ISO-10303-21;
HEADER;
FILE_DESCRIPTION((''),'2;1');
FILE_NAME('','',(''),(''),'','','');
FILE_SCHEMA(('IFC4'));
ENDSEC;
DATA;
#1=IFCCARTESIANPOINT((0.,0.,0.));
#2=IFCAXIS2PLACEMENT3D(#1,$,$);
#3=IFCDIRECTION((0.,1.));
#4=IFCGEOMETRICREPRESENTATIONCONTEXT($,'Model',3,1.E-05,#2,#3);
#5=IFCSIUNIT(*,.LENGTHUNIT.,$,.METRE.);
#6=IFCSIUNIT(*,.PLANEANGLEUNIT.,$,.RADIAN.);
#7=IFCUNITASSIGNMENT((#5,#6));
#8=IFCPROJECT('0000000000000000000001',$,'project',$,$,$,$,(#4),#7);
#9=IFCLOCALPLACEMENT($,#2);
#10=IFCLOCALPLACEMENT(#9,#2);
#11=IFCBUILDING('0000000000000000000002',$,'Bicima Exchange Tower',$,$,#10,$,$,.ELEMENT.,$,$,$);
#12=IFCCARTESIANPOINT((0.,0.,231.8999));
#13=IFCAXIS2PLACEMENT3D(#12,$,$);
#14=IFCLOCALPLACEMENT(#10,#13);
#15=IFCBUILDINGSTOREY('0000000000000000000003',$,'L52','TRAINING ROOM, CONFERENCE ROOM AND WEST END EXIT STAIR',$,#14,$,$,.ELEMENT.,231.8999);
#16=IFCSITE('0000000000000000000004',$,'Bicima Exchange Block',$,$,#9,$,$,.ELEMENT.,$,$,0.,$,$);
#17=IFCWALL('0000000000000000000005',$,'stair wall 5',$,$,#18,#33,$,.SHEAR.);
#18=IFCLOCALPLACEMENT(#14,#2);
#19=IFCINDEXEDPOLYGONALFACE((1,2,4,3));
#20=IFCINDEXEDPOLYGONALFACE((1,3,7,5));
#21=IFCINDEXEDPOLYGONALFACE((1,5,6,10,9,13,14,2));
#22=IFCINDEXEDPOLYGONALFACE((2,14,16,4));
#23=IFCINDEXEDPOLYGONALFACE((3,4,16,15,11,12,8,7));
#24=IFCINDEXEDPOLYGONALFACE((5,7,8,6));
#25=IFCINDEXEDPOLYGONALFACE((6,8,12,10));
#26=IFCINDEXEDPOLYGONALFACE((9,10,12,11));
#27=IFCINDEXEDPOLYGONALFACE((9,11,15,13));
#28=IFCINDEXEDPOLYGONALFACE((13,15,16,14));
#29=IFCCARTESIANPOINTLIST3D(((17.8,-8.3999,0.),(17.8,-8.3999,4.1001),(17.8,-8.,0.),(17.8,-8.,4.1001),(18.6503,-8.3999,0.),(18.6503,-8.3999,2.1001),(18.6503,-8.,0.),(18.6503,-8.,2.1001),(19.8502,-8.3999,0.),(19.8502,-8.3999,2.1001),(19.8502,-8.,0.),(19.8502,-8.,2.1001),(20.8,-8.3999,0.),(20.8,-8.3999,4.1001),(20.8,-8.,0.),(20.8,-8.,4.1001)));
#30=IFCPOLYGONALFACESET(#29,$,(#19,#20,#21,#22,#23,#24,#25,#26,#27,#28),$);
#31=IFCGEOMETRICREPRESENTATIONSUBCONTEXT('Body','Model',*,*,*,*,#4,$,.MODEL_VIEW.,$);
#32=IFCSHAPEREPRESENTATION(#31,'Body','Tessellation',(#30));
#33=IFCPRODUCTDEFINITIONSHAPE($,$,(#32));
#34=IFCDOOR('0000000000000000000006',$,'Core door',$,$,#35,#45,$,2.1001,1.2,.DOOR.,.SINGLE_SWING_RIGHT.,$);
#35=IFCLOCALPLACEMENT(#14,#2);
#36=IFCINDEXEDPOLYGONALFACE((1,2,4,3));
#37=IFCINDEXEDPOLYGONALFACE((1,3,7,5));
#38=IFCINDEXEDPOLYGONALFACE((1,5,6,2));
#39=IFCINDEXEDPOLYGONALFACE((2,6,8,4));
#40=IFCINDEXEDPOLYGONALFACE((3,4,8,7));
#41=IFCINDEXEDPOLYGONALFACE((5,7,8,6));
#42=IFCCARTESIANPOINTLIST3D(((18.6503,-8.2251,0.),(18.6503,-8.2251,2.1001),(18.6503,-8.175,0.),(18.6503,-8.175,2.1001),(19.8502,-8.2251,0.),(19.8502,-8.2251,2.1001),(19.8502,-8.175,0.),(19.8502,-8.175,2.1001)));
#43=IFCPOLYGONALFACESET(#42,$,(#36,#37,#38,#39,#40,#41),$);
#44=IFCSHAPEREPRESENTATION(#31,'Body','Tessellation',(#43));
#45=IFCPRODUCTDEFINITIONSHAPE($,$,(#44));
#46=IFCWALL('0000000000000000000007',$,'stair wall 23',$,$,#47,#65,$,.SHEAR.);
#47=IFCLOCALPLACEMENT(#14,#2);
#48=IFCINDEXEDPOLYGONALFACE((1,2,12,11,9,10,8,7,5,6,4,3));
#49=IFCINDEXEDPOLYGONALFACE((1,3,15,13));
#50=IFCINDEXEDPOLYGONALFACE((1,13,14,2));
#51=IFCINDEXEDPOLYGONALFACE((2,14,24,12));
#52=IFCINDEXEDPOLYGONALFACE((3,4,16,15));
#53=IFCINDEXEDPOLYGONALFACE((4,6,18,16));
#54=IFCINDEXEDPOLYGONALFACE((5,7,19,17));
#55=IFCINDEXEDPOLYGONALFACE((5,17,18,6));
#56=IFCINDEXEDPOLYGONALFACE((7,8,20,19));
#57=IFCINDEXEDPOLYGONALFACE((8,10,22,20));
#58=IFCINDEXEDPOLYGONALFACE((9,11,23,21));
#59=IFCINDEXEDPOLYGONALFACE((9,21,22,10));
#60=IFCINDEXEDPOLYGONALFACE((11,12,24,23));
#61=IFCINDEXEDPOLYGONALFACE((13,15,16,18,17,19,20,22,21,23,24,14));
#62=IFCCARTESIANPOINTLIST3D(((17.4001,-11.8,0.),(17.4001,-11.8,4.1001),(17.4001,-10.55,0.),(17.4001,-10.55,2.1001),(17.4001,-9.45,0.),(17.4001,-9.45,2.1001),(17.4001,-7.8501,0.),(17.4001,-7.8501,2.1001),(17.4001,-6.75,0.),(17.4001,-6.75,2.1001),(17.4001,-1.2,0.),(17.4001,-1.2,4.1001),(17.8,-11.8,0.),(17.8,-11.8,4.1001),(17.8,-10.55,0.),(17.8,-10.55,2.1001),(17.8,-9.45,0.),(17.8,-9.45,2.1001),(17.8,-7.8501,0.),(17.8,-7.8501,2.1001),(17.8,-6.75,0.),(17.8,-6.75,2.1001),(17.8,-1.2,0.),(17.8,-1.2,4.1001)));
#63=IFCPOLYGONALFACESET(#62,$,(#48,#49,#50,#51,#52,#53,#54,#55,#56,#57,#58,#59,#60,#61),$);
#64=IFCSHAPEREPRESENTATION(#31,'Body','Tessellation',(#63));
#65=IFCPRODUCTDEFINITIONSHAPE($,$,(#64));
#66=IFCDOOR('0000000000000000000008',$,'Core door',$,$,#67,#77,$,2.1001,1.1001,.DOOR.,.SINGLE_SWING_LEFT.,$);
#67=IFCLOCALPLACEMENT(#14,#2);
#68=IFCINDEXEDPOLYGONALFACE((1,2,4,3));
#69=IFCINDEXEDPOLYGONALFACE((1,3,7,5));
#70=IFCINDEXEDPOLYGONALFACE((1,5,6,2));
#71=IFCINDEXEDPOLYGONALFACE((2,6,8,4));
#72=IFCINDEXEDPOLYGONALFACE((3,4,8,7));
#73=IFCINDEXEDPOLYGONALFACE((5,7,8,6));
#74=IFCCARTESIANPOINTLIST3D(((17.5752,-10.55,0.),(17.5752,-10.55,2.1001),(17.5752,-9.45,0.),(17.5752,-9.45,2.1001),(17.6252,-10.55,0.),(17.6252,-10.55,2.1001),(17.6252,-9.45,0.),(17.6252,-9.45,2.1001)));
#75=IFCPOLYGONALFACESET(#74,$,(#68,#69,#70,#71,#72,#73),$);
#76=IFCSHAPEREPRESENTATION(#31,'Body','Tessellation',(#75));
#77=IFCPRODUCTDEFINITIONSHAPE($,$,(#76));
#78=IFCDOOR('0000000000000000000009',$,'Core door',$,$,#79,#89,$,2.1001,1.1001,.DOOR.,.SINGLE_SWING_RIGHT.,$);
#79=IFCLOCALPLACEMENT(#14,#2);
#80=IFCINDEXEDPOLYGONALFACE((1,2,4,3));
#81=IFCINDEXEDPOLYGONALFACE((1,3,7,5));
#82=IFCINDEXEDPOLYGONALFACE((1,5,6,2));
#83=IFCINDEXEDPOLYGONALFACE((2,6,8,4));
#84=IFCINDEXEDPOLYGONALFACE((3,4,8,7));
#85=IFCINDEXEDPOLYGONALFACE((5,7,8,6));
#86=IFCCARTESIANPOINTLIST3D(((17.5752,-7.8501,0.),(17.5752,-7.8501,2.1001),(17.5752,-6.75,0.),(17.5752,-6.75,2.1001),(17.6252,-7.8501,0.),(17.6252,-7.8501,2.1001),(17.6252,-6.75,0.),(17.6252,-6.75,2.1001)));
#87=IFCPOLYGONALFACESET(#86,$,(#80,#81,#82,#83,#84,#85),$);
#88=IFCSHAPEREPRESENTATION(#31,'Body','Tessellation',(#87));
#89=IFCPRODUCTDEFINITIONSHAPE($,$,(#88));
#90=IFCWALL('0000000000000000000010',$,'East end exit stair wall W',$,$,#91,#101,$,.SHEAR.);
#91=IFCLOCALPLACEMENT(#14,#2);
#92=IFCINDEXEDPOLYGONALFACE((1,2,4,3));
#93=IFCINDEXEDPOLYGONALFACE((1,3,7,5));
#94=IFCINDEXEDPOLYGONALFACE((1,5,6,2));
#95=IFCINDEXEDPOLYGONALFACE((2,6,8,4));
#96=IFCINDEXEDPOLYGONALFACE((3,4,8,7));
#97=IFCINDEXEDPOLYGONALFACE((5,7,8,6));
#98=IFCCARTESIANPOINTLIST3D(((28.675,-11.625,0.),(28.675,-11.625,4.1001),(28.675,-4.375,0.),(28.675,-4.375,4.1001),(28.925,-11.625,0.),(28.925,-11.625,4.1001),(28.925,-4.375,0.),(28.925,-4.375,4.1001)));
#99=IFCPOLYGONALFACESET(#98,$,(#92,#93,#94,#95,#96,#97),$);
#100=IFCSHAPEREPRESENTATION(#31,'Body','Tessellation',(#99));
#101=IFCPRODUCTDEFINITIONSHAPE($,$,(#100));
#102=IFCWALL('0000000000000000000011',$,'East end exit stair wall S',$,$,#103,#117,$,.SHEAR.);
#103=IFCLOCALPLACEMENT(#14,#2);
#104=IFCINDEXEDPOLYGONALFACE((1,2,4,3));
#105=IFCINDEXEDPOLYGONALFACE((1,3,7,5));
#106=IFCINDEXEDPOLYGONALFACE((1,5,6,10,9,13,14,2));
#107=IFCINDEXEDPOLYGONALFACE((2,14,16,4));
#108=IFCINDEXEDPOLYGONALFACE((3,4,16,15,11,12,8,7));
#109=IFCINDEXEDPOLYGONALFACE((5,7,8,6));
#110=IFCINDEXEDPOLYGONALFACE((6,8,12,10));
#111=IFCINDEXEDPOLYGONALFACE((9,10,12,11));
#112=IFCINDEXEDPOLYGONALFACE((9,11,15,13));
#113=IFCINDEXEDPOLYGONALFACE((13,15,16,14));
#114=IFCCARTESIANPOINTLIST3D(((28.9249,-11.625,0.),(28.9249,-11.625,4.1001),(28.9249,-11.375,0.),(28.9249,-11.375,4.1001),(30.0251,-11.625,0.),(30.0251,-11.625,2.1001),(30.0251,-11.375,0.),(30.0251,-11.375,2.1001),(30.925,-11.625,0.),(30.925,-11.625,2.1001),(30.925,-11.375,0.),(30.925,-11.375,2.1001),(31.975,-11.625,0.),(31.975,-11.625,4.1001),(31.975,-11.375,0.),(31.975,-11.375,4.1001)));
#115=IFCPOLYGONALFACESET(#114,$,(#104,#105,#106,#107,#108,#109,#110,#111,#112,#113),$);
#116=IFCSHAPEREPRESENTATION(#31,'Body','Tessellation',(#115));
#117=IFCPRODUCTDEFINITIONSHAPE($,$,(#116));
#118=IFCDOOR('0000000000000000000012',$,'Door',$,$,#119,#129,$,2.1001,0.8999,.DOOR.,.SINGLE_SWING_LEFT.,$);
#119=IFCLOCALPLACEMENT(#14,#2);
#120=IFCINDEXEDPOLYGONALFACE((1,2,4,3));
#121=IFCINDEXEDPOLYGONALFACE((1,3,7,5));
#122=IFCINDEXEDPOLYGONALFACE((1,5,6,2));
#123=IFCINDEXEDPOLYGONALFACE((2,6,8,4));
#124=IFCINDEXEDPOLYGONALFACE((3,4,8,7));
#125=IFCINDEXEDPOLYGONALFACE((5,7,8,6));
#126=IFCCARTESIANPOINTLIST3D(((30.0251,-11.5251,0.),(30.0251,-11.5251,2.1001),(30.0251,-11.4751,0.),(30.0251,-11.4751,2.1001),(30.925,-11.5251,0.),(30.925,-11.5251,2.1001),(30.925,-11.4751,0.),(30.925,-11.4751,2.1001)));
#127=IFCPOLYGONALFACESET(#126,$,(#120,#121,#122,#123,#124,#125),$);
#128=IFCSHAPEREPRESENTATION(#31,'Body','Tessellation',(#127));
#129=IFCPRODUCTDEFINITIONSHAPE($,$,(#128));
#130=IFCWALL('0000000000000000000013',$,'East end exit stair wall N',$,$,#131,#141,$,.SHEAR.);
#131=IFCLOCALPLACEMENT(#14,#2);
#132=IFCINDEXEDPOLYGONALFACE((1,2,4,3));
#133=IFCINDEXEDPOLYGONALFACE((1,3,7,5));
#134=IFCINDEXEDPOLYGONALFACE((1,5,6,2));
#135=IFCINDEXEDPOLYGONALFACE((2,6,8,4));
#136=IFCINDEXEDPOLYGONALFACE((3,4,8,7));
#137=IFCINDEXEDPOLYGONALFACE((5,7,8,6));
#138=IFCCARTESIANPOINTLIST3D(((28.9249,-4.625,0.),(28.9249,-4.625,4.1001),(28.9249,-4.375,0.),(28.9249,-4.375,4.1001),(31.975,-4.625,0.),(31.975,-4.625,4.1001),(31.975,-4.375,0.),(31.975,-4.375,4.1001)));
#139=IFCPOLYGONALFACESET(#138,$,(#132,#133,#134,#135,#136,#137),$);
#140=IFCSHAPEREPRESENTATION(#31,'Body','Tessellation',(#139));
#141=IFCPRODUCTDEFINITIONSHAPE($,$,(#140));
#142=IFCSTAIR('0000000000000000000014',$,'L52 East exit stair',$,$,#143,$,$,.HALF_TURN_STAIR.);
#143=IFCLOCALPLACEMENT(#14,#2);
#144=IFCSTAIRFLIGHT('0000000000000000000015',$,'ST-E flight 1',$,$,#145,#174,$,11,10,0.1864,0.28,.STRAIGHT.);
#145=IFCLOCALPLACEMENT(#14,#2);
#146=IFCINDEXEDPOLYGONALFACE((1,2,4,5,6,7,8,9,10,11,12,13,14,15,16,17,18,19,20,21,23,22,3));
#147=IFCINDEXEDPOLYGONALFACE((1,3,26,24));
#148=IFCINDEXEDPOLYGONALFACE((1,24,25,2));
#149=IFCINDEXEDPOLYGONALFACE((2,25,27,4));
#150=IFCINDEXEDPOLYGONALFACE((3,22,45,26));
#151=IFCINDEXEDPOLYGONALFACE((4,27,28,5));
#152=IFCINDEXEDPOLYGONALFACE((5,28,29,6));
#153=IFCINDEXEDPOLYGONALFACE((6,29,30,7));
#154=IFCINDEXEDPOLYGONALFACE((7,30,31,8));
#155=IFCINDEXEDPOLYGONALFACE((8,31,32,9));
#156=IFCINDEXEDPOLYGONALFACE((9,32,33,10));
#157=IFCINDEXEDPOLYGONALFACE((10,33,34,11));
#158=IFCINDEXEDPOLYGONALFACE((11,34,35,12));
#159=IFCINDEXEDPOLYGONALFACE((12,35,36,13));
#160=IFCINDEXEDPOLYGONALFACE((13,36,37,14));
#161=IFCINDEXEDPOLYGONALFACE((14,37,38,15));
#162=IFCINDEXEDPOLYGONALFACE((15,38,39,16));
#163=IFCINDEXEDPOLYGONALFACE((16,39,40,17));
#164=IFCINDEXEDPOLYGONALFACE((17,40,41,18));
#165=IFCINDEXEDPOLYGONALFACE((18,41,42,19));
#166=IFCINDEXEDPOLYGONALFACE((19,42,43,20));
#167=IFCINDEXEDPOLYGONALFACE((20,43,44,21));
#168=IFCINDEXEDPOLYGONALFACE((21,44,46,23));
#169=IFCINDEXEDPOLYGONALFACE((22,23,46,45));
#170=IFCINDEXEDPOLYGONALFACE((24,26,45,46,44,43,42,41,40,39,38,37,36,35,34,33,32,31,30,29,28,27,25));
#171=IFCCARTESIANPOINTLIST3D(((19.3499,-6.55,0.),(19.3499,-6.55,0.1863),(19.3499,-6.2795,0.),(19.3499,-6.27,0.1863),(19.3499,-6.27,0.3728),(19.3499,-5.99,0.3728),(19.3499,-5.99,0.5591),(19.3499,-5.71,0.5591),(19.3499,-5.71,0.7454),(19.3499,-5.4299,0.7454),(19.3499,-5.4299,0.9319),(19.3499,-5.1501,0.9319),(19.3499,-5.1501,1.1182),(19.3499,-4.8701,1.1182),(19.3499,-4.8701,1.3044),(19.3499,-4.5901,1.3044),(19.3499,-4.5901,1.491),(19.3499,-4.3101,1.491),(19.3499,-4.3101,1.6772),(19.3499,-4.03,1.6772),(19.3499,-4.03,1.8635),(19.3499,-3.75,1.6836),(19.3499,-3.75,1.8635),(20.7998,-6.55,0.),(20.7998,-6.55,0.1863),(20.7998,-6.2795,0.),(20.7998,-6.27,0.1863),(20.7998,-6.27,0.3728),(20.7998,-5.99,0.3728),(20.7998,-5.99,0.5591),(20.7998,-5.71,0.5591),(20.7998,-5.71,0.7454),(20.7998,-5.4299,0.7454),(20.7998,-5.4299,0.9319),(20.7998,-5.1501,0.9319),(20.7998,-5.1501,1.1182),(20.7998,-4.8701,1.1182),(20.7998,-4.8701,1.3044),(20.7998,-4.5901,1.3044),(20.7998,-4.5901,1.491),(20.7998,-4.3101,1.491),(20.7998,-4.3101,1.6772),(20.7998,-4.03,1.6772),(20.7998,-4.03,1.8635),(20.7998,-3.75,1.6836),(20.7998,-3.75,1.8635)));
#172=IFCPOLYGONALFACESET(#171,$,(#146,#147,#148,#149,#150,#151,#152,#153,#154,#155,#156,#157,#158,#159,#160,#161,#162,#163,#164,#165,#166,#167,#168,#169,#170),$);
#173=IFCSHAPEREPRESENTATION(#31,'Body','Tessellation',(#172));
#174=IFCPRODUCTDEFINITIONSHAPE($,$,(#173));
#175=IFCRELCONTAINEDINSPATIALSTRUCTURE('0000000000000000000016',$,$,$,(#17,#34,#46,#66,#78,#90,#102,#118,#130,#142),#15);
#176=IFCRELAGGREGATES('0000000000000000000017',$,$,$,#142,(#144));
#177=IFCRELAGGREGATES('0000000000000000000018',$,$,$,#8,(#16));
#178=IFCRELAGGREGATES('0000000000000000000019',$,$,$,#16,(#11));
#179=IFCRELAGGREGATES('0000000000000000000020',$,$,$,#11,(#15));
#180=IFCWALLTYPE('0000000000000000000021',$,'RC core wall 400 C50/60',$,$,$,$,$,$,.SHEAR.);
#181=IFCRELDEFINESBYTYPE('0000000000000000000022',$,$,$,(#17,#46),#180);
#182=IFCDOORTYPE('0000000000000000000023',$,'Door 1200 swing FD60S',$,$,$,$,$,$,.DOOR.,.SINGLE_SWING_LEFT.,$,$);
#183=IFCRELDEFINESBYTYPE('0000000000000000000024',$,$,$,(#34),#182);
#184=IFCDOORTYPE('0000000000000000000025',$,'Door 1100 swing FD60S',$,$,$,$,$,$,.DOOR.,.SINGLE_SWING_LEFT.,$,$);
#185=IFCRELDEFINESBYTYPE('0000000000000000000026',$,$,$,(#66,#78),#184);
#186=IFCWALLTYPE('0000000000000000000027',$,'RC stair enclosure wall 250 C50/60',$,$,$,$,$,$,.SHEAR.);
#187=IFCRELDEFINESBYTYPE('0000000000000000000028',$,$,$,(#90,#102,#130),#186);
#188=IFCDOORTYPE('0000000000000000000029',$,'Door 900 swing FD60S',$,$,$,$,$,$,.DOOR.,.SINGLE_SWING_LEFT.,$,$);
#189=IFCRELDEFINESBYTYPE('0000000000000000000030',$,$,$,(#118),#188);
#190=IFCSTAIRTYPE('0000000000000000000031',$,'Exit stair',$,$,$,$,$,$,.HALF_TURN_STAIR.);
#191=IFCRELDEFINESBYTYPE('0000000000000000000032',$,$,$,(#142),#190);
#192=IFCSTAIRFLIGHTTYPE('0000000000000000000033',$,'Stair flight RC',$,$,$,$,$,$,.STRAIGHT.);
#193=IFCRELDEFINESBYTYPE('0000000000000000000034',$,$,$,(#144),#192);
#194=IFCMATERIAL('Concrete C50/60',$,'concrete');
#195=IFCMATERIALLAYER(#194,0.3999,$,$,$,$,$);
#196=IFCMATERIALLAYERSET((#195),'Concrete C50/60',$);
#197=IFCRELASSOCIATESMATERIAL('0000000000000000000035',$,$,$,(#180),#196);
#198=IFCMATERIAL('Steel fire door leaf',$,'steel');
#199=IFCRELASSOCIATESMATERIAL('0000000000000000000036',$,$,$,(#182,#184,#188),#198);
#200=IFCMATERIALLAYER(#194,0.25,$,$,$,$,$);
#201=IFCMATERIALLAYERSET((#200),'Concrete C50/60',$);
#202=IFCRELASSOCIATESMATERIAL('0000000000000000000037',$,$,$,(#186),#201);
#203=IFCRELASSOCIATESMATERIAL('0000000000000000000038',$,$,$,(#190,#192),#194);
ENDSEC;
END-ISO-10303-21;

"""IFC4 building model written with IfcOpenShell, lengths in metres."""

from ifc_helpers import new_model, si_unit, direction, frame, frame_2d, origin, place, context, subcontext, project, spatial, polyline, rectangle, outline, extrude, material, layer, layer_set, type_object, element, fill, aggregate, save


model = new_model("IFC4")

# Units and contexts
model_context = context("Model", 3, precision=1e-05, world=origin(), true_north=direction((0.0, 1.0)))
body_context = subcontext(model_context, "Body", "Model", "MODEL_VIEW")
ifc_project = project(units=[si_unit("LENGTHUNIT", "METRE"), si_unit("PLANEANGLEUNIT", "RADIAN")], contexts=[model_context])

# Site, building, storey
site_placement = place(None, origin())
site = spatial("IfcSite", under=ifc_project, at=site_placement, Name="Bicima Exchange Block", CompositionType="ELEMENT", RefElevation=0.0)
building_placement = place(site_placement, origin())
building = spatial("IfcBuilding", under=site, at=building_placement, Name="Bicima Exchange Tower", CompositionType="ELEMENT")
storey_placement = place(building_placement, frame((0.0, 0.0, 231.8999)))
storey = spatial("IfcBuildingStorey", under=building, at=storey_placement, Name="L52", Description="TRAINING ROOM, CONFERENCE ROOM AND WEST END EXIT STAIR", CompositionType="ELEMENT", Elevation=231.8999)

# Shared definitions
ifc_material_1 = material(Name="Concrete C50/60", Category="concrete")

# Wall, opening, door
ifc_layer_1 = layer(ifc_material_1, 0.3999)
ifc_layer_set_1 = layer_set([ifc_layer_1], Name="Concrete C50/60")
wall_type_1 = type_object("IfcWallType", Name="RC core wall 400 C50/60", PredefinedType="SHEAR", material=ifc_layer_set_1)
wall_1_placement = place(storey_placement, frame((17.8, -8.2, 0.0), z_axis=(0.0, 0.0, 1.0), x_axis=(1.0, 0.0, 0.0)))
wall_1 = element("IfcWall", 1, at=wall_1_placement, inside=storey, type_object=wall_type_1, Name="stair wall 5", PredefinedType="SHEAR", context=body_context, shape_type="SweptSolid", body=[
    extrude(rectangle(XDim=3.0, YDim=0.3999, at=frame_2d((1.5, 0.0))), origin(), (0.0, 0.0, 1.0), 4.1001),
])
opening_1_placement = place(wall_1_placement, frame((0.8501, 0.0, 0.0)))
opening_1 = element("IfcOpeningElement", 2, at=opening_1_placement, cuts=wall_1, PredefinedType="OPENING", context=body_context, shape_type="SweptSolid", body=[
    extrude(rectangle(XDim=1.2, YDim=2.1001, at=frame_2d((0.6001, 1.05))), frame((0.0, 0.2119, 0.0), z_axis=(0.0, -1.0, 0.0), x_axis=(1.0, 0.0, 0.0)), (0.0, 0.0, 1.0), 0.4238),
])
ifc_material_2 = material(Name="Steel fire door leaf", Category="steel")
door_type_1 = type_object("IfcDoorType", Name="Door 1200 swing FD60S", OperationType="SINGLE_SWING_LEFT", PredefinedType="DOOR", material=ifc_material_2)
door_1_placement = place(opening_1_placement, origin())
door_1 = element("IfcDoor", 3, at=door_1_placement, inside=storey, type_object=door_type_1, Name="Core door", OperationType="SINGLE_SWING_RIGHT", OverallHeight=2.1001, OverallWidth=1.2, PredefinedType="DOOR", context=body_context, shape_type="SweptSolid", body=[
    extrude(rectangle(XDim=1.2, YDim=2.1001, at=frame_2d((0.6001, 1.05))), frame((0.0, 0.0249, 0.0), z_axis=(0.0, -1.0, 0.0), x_axis=(1.0, 0.0, 0.0)), (0.0, 0.0, 1.0), 0.05),
])
fill(opening_1, door_1)

# Wall, openings, doors
wall_2_placement = place(storey_placement, frame((17.6001, -11.8, 0.0), z_axis=(0.0, 0.0, 1.0), x_axis=(0.0, 1.0, 0.0)))
wall_2 = element("IfcWall", 4, at=wall_2_placement, inside=storey, type_object=wall_type_1, Name="stair wall 23", PredefinedType="SHEAR", context=body_context, shape_type="SweptSolid", body=[
    extrude(rectangle(XDim=10.6001, YDim=0.3999, at=frame_2d((5.3, 0.0))), origin(), (0.0, 0.0, 1.0), 4.1001),
])
opening_2_placement = place(wall_2_placement, frame((1.25, 0.0, 0.0)))
opening_2 = element("IfcOpeningElement", 5, at=opening_2_placement, cuts=wall_2, PredefinedType="OPENING", context=body_context, shape_type="SweptSolid", body=[
    extrude(rectangle(XDim=1.1001, YDim=2.1001, at=frame_2d((0.55, 1.05))), frame((0.0, 0.2119, 0.0), z_axis=(0.0, -1.0, 0.0), x_axis=(1.0, 0.0, 0.0)), (0.0, 0.0, 1.0), 0.4238),
])
opening_3_placement = place(wall_2_placement, frame((3.95, 0.0, 0.0)))
opening_3 = element("IfcOpeningElement", 6, at=opening_3_placement, cuts=wall_2, PredefinedType="OPENING", context=body_context, shape_type="SweptSolid", body=[
    extrude(rectangle(XDim=1.1001, YDim=2.1001, at=frame_2d((0.55, 1.05))), frame((0.0, 0.2119, 0.0), z_axis=(0.0, -1.0, 0.0), x_axis=(1.0, 0.0, 0.0)), (0.0, 0.0, 1.0), 0.4238),
])
door_type_2 = type_object("IfcDoorType", Name="Door 1100 swing FD60S", OperationType="SINGLE_SWING_LEFT", PredefinedType="DOOR", material=ifc_material_2)
door_2_placement = place(opening_2_placement, origin())
door_2 = element("IfcDoor", 7, at=door_2_placement, inside=storey, type_object=door_type_2, Name="Core door", OperationType="SINGLE_SWING_LEFT", OverallHeight=2.1001, OverallWidth=1.1001, PredefinedType="DOOR", context=body_context, shape_type="SweptSolid", body=[
    extrude(rectangle(XDim=1.1001, YDim=2.1001, at=frame_2d((0.55, 1.05))), frame((0.0, 0.0249, 0.0), z_axis=(0.0, -1.0, 0.0), x_axis=(1.0, 0.0, 0.0)), (0.0, 0.0, 1.0), 0.05),
])
fill(opening_2, door_2)
door_3_placement = place(opening_3_placement, origin())
door_3 = element("IfcDoor", 8, at=door_3_placement, inside=storey, type_object=door_type_2, Name="Core door", OperationType="SINGLE_SWING_RIGHT", OverallHeight=2.1001, OverallWidth=1.1001, PredefinedType="DOOR", context=body_context, shape_type="SweptSolid", body=[
    extrude(rectangle(XDim=1.1001, YDim=2.1001, at=frame_2d((0.55, 1.05))), frame((0.0, 0.0249, 0.0), z_axis=(0.0, -1.0, 0.0), x_axis=(1.0, 0.0, 0.0)), (0.0, 0.0, 1.0), 0.05),
])
fill(opening_3, door_3)

# Wall
ifc_layer_2 = layer(ifc_material_1, 0.25)
ifc_layer_set_2 = layer_set([ifc_layer_2], Name="Concrete C50/60")
wall_type_2 = type_object("IfcWallType", Name="RC stair enclosure wall 250 C50/60", PredefinedType="SHEAR", material=ifc_layer_set_2)
wall_3_placement = place(storey_placement, frame((28.8, -11.625, 0.0), z_axis=(0.0, 0.0, 1.0), x_axis=(0.0, 1.0, 0.0)))
element("IfcWall", 9, at=wall_3_placement, inside=storey, type_object=wall_type_2, Name="East end exit stair wall W", PredefinedType="SHEAR", context=body_context, shape_type="SweptSolid", body=[
    extrude(rectangle(XDim=7.25, YDim=0.25, at=frame_2d((3.625, 0.0))), origin(), (0.0, 0.0, 1.0), 4.1001),
])

# Wall, opening, door
wall_4_placement = place(storey_placement, frame((28.925, -11.5, 0.0), z_axis=(0.0, 0.0, 1.0), x_axis=(1.0, 0.0, 0.0)))
wall_4 = element("IfcWall", 10, at=wall_4_placement, inside=storey, type_object=wall_type_2, Name="East end exit stair wall S", PredefinedType="SHEAR", context=body_context, shape_type="SweptSolid", body=[
    extrude(rectangle(XDim=3.05, YDim=0.25, at=frame_2d((1.5249, 0.0))), origin(), (0.0, 0.0, 1.0), 4.1001),
])
opening_4_placement = place(wall_4_placement, frame((1.1001, 0.0, 0.0)))
opening_4 = element("IfcOpeningElement", 11, at=opening_4_placement, cuts=wall_4, PredefinedType="OPENING", context=body_context, shape_type="SweptSolid", body=[
    extrude(rectangle(XDim=0.8999, YDim=2.1001, at=frame_2d((0.45, 1.05))), frame((0.0, 0.137, 0.0), z_axis=(0.0, -1.0, 0.0), x_axis=(1.0, 0.0, 0.0)), (0.0, 0.0, 1.0), 0.2739),
])
door_type_3 = type_object("IfcDoorType", Name="Door 900 swing FD60S", OperationType="SINGLE_SWING_LEFT", PredefinedType="DOOR", material=ifc_material_2)
door_4_placement = place(opening_4_placement, origin())
door_4 = element("IfcDoor", 12, at=door_4_placement, inside=storey, type_object=door_type_3, Name="Door", OperationType="SINGLE_SWING_LEFT", OverallHeight=2.1001, OverallWidth=0.8999, PredefinedType="DOOR", context=body_context, shape_type="SweptSolid", body=[
    extrude(rectangle(XDim=0.8999, YDim=2.1001, at=frame_2d((0.45, 1.05))), frame((0.0, 0.0249, 0.0), z_axis=(0.0, -1.0, 0.0), x_axis=(1.0, 0.0, 0.0)), (0.0, 0.0, 1.0), 0.05),
])
fill(opening_4, door_4)

# Wall
wall_5_placement = place(storey_placement, frame((28.925, -4.5, 0.0), z_axis=(0.0, 0.0, 1.0), x_axis=(1.0, 0.0, 0.0)))
element("IfcWall", 13, at=wall_5_placement, inside=storey, type_object=wall_type_2, Name="East end exit stair wall N", PredefinedType="SHEAR", context=body_context, shape_type="SweptSolid", body=[
    extrude(rectangle(XDim=3.05, YDim=0.25, at=frame_2d((1.5249, 0.0))), origin(), (0.0, 0.0, 1.0), 4.1001),
])

# Stair, stair flight
stair_type = type_object("IfcStairType", Name="Exit stair", PredefinedType="HALF_TURN_STAIR", material=ifc_material_1)
stair_placement = place(storey_placement, origin())
stair = element("IfcStair", 14, at=stair_placement, inside=storey, type_object=stair_type, Name="L52 East exit stair", PredefinedType="HALF_TURN_STAIR")
stair_flight_type = type_object("IfcStairFlightType", Name="Stair flight RC", PredefinedType="STRAIGHT", material=ifc_material_1)
stair_flight_1_placement = place(storey_placement, frame((20.075, -6.55, 0.0), z_axis=(0.0, 0.0, 1.0), x_axis=(0.0, 1.0, 0.0)))
stair_flight_1 = element("IfcStairFlight", 15, at=stair_flight_1_placement, type_object=stair_flight_type, Name="ST-E flight 1", NumberOfRisers=11, NumberOfTreads=10, PredefinedType="STRAIGHT", RiserHeight=0.1864, TreadLength=0.28, context=body_context, shape_type="SweptSolid", body=[
    extrude(outline(polyline([(0.0, 0.0), (0.0, 0.1863), (0.28, 0.1863), (0.28, 0.3728), (0.5601, 0.3728), (0.5601, 0.5591), (0.8401, 0.5591), (0.8401, 0.7454), (1.1201, 0.7454), (1.1201, 0.9319), (1.3999, 0.9319), (1.3999, 1.1182), (1.6799, 1.1182), (1.6799, 1.3044), (1.96, 1.3044), (1.96, 1.491), (2.24, 1.491), (2.24, 1.6772), (2.52, 1.6772), (2.52, 1.8635), (2.8, 1.8635), (2.8, 2.05), (2.8, 1.6836), (0.2705, 0.0), (0.0, 0.0)])), frame((0.0, 0.7251, 0.0), z_axis=(0.0, -1.0, 0.0), x_axis=(1.0, 0.0, 0.0)), (0.0, 0.0, 1.0), 1.45),
])
aggregate(stair, [stair_flight_1])

save(model, "model.ifc")
